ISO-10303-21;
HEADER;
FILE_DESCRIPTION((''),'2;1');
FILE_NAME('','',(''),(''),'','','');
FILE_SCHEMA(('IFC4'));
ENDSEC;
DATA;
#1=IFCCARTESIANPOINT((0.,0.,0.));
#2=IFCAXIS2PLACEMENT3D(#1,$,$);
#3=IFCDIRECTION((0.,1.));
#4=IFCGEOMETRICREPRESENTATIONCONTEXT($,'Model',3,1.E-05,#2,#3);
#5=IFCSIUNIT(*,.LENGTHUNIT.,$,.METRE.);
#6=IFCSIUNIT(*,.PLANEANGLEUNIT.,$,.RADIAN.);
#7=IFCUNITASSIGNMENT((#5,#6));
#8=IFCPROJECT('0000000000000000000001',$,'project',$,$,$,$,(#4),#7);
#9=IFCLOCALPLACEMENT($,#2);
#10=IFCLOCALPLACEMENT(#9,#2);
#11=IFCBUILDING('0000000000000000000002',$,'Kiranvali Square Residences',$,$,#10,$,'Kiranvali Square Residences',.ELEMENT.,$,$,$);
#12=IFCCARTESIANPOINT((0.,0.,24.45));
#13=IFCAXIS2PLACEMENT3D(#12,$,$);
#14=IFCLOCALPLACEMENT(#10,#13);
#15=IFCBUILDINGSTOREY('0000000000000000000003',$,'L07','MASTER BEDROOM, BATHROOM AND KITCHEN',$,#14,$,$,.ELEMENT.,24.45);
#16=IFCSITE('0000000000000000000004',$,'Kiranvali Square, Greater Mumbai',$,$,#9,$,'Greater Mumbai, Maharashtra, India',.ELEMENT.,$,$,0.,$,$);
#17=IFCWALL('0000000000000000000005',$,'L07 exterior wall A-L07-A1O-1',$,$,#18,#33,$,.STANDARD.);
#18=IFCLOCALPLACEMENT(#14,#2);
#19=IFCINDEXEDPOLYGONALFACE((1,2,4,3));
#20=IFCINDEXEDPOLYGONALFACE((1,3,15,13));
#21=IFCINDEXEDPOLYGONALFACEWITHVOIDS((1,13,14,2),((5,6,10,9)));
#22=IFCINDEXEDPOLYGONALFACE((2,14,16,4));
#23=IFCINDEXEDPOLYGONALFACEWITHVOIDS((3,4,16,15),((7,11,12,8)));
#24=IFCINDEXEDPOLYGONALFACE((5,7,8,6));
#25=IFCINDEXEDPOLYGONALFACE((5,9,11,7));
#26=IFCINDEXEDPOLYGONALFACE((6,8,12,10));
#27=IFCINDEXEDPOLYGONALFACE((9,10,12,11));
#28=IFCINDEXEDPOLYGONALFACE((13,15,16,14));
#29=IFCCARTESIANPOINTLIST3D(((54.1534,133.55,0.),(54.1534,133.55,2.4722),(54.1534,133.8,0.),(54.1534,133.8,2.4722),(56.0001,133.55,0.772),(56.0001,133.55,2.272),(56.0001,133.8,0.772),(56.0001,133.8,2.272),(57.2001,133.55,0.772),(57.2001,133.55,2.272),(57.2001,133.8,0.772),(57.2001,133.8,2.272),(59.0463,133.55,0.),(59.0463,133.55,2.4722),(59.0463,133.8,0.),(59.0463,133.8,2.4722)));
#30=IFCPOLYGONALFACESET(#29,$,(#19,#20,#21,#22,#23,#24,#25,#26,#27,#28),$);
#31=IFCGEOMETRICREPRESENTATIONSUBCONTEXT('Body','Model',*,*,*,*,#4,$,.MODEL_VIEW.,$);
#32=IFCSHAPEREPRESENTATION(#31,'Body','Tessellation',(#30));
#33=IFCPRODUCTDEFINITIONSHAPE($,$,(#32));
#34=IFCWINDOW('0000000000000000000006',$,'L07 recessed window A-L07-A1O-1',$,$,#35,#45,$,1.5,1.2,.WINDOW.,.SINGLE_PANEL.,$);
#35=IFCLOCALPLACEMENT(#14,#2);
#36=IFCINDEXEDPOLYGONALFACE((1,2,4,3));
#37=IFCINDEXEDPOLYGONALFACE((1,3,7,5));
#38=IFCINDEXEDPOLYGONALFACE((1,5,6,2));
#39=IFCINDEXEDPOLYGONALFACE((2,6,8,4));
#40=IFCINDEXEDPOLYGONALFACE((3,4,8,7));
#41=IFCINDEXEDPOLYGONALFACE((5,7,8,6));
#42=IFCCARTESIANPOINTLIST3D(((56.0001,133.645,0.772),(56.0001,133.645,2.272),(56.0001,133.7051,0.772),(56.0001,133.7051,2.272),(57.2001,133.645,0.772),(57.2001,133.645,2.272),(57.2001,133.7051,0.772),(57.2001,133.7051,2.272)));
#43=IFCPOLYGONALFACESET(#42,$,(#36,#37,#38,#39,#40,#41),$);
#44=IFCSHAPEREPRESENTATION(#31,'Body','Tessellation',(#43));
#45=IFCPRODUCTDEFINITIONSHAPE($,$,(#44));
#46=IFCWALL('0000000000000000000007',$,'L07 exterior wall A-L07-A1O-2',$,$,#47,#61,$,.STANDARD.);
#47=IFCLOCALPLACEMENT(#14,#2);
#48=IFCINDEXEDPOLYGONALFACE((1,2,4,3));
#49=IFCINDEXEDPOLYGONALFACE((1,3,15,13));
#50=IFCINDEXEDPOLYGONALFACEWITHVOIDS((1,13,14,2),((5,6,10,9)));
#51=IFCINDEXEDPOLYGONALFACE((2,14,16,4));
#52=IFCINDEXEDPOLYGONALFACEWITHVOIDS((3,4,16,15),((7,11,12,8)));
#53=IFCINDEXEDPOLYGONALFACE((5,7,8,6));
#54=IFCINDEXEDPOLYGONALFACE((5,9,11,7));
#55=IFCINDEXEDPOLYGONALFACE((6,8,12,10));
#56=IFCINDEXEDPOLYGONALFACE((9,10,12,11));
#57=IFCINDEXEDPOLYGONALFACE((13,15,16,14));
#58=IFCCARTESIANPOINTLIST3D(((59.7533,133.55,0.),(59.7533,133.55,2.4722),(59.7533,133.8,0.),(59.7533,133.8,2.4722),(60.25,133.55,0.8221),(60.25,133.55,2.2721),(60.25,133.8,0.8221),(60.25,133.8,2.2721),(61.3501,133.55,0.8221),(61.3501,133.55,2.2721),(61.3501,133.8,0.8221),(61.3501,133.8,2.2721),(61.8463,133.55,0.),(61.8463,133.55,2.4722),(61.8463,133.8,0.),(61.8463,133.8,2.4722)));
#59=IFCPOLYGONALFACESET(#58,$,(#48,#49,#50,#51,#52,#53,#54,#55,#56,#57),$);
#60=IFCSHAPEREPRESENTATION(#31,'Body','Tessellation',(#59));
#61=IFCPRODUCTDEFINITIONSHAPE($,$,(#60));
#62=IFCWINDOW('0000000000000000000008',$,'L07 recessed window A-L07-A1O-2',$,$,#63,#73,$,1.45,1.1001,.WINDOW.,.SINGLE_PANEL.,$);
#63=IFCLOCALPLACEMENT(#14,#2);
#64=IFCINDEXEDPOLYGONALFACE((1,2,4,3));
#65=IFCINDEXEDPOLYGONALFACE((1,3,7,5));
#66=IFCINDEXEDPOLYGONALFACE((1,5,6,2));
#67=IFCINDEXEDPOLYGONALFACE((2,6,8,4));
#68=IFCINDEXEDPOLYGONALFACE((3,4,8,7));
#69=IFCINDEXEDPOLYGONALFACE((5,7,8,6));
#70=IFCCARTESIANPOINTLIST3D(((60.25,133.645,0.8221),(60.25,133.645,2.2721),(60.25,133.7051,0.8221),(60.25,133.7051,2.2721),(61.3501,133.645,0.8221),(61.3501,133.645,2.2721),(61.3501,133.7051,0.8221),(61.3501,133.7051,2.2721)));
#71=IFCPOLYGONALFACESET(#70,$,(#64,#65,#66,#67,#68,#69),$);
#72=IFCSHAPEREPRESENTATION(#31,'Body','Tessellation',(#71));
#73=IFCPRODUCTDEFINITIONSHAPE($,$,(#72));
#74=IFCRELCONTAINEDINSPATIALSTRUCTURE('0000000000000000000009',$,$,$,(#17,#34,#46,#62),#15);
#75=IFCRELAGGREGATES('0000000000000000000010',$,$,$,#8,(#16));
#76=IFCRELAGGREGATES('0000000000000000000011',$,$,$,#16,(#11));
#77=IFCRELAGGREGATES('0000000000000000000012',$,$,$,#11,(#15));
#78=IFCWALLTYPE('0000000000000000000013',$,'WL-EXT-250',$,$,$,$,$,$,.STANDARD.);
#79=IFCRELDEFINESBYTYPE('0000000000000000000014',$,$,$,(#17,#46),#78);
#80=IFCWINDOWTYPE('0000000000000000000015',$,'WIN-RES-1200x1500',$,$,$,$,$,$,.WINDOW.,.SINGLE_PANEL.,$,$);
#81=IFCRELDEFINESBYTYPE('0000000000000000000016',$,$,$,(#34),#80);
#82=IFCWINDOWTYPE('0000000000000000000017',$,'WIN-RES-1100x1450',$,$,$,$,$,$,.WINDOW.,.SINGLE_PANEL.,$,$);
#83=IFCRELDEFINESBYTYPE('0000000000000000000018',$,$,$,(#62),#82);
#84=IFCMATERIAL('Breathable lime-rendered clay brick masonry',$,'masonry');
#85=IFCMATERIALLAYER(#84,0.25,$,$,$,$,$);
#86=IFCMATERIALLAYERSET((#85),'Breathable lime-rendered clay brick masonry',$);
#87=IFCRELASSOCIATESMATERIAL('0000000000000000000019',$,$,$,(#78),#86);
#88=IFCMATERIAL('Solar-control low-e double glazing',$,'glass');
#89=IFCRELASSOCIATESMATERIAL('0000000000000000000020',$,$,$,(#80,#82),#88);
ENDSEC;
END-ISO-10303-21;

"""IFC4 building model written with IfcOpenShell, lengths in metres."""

from ifc_helpers import new_model, si_unit, direction, frame, frame_2d, origin, place, context, subcontext, project, spatial, rectangle, extrude, material, layer, layer_set, type_object, element, fill, save


model = new_model("IFC4")

# Units and contexts
model_context = context("Model", 3, precision=1e-05, world=origin(), true_north=direction((0.0, 1.0)))
body_context = subcontext(model_context, "Body", "Model", "MODEL_VIEW")
ifc_project = project(units=[si_unit("LENGTHUNIT", "METRE"), si_unit("PLANEANGLEUNIT", "RADIAN")], contexts=[model_context])

# Site, building, storey
site_placement = place(None, origin())
site = spatial("IfcSite", under=ifc_project, at=site_placement, Name="Kiranvali Square, Greater Mumbai", LongName="Greater Mumbai, Maharashtra, India", CompositionType="ELEMENT", RefElevation=0.0)
building_placement = place(site_placement, origin())
building = spatial("IfcBuilding", under=site, at=building_placement, Name="Kiranvali Square Residences", LongName="Kiranvali Square Residences", CompositionType="ELEMENT")
storey_placement = place(building_placement, frame((0.0, 0.0, 24.45)))
storey = spatial("IfcBuildingStorey", under=building, at=storey_placement, Name="L07", Description="MASTER BEDROOM, BATHROOM AND KITCHEN", CompositionType="ELEMENT", Elevation=24.45)

# Walls, openings, windows
ifc_material_1 = material(Name="Breathable lime-rendered clay brick masonry", Category="masonry")
ifc_layer = layer(ifc_material_1, 0.25)
ifc_layer_set = layer_set([ifc_layer], Name="Breathable lime-rendered clay brick masonry")
wall_type = type_object("IfcWallType", Name="WL-EXT-250", PredefinedType="STANDARD", material=ifc_layer_set)
wall_1_placement = place(storey_placement, frame((54.1536, 133.675, 0.0), z_axis=(0.0, 0.0, 1.0), x_axis=(1.0, 0.0, 0.0)))
wall_1 = element("IfcWall", 1, at=wall_1_placement, inside=storey, type_object=wall_type, Name="L07 exterior wall A-L07-A1O-1", PredefinedType="STANDARD", context=body_context, shape_type="SweptSolid", body=[
    extrude(rectangle(XDim=4.8928, YDim=0.25, at=frame_2d((2.4463, 0.0))), origin(), (0.0, 0.0, 1.0), 2.4722),
])
opening_1_placement = place(wall_1_placement, frame((1.8464, 0.0, 0.772)))
opening_1 = element("IfcOpeningElement", 2, at=opening_1_placement, cuts=wall_1, PredefinedType="OPENING", context=body_context, shape_type="SweptSolid", body=[
    extrude(rectangle(XDim=1.2, YDim=1.5, at=frame_2d((0.6001, 0.75))), frame((0.0, 0.135, 0.0), z_axis=(0.0, -1.0, 0.0), x_axis=(1.0, 0.0, 0.0)), (0.0, 0.0, 1.0), 0.27),
])
ifc_material_2 = material(Name="Solar-control low-e double glazing", Category="glass")
window_type_1 = type_object("IfcWindowType", Name="WIN-RES-1200x1500", PartitioningType="SINGLE_PANEL", PredefinedType="WINDOW", material=ifc_material_2)
window_1_placement = place(opening_1_placement, origin())
window_1 = element("IfcWindow", 3, at=window_1_placement, inside=storey, type_object=window_type_1, Name="L07 recessed window A-L07-A1O-1", OverallHeight=1.5, OverallWidth=1.2, PartitioningType="SINGLE_PANEL", PredefinedType="WINDOW", context=body_context, shape_type="SweptSolid", body=[
    extrude(rectangle(XDim=1.2, YDim=1.5, at=frame_2d((0.6001, 0.75))), frame((0.0, 0.03, 0.0), z_axis=(0.0, -1.0, 0.0), x_axis=(1.0, 0.0, 0.0)), (0.0, 0.0, 1.0), 0.0601),
])
fill(opening_1, window_1)
wall_2_placement = place(storey_placement, frame((59.7534, 133.675, 0.0), z_axis=(0.0, 0.0, 1.0), x_axis=(1.0, 0.0, 0.0)))
wall_2 = element("IfcWall", 4, at=wall_2_placement, inside=storey, type_object=wall_type, Name="L07 exterior wall A-L07-A1O-2", PredefinedType="STANDARD", context=body_context, shape_type="SweptSolid", body=[
    extrude(rectangle(XDim=2.093, YDim=0.25, at=frame_2d((1.0464, 0.0))), origin(), (0.0, 0.0, 1.0), 2.4722),
])
opening_2_placement = place(wall_2_placement, frame((0.4966, 0.0, 0.822)))
opening_2 = element("IfcOpeningElement", 5, at=opening_2_placement, cuts=wall_2, PredefinedType="OPENING", context=body_context, shape_type="SweptSolid", body=[
    extrude(rectangle(XDim=1.1001, YDim=1.45, at=frame_2d((0.55, 0.7251))), frame((0.0, 0.135, 0.0), z_axis=(0.0, -1.0, 0.0), x_axis=(1.0, 0.0, 0.0)), (0.0, 0.0, 1.0), 0.27),
])
window_type_2 = type_object("IfcWindowType", Name="WIN-RES-1100x1450", PartitioningType="SINGLE_PANEL", PredefinedType="WINDOW", material=ifc_material_2)
window_2_placement = place(opening_2_placement, origin())
window_2 = element("IfcWindow", 6, at=window_2_placement, inside=storey, type_object=window_type_2, Name="L07 recessed window A-L07-A1O-2", OverallHeight=1.45, OverallWidth=1.1001, PartitioningType="SINGLE_PANEL", PredefinedType="WINDOW", context=body_context, shape_type="SweptSolid", body=[
    extrude(rectangle(XDim=1.1001, YDim=1.45, at=frame_2d((0.55, 0.7251))), frame((0.0, 0.03, 0.0), z_axis=(0.0, -1.0, 0.0), x_axis=(1.0, 0.0, 0.0)), (0.0, 0.0, 1.0), 0.0601),
])
fill(opening_2, window_2)

save(model, "model.ifc")
